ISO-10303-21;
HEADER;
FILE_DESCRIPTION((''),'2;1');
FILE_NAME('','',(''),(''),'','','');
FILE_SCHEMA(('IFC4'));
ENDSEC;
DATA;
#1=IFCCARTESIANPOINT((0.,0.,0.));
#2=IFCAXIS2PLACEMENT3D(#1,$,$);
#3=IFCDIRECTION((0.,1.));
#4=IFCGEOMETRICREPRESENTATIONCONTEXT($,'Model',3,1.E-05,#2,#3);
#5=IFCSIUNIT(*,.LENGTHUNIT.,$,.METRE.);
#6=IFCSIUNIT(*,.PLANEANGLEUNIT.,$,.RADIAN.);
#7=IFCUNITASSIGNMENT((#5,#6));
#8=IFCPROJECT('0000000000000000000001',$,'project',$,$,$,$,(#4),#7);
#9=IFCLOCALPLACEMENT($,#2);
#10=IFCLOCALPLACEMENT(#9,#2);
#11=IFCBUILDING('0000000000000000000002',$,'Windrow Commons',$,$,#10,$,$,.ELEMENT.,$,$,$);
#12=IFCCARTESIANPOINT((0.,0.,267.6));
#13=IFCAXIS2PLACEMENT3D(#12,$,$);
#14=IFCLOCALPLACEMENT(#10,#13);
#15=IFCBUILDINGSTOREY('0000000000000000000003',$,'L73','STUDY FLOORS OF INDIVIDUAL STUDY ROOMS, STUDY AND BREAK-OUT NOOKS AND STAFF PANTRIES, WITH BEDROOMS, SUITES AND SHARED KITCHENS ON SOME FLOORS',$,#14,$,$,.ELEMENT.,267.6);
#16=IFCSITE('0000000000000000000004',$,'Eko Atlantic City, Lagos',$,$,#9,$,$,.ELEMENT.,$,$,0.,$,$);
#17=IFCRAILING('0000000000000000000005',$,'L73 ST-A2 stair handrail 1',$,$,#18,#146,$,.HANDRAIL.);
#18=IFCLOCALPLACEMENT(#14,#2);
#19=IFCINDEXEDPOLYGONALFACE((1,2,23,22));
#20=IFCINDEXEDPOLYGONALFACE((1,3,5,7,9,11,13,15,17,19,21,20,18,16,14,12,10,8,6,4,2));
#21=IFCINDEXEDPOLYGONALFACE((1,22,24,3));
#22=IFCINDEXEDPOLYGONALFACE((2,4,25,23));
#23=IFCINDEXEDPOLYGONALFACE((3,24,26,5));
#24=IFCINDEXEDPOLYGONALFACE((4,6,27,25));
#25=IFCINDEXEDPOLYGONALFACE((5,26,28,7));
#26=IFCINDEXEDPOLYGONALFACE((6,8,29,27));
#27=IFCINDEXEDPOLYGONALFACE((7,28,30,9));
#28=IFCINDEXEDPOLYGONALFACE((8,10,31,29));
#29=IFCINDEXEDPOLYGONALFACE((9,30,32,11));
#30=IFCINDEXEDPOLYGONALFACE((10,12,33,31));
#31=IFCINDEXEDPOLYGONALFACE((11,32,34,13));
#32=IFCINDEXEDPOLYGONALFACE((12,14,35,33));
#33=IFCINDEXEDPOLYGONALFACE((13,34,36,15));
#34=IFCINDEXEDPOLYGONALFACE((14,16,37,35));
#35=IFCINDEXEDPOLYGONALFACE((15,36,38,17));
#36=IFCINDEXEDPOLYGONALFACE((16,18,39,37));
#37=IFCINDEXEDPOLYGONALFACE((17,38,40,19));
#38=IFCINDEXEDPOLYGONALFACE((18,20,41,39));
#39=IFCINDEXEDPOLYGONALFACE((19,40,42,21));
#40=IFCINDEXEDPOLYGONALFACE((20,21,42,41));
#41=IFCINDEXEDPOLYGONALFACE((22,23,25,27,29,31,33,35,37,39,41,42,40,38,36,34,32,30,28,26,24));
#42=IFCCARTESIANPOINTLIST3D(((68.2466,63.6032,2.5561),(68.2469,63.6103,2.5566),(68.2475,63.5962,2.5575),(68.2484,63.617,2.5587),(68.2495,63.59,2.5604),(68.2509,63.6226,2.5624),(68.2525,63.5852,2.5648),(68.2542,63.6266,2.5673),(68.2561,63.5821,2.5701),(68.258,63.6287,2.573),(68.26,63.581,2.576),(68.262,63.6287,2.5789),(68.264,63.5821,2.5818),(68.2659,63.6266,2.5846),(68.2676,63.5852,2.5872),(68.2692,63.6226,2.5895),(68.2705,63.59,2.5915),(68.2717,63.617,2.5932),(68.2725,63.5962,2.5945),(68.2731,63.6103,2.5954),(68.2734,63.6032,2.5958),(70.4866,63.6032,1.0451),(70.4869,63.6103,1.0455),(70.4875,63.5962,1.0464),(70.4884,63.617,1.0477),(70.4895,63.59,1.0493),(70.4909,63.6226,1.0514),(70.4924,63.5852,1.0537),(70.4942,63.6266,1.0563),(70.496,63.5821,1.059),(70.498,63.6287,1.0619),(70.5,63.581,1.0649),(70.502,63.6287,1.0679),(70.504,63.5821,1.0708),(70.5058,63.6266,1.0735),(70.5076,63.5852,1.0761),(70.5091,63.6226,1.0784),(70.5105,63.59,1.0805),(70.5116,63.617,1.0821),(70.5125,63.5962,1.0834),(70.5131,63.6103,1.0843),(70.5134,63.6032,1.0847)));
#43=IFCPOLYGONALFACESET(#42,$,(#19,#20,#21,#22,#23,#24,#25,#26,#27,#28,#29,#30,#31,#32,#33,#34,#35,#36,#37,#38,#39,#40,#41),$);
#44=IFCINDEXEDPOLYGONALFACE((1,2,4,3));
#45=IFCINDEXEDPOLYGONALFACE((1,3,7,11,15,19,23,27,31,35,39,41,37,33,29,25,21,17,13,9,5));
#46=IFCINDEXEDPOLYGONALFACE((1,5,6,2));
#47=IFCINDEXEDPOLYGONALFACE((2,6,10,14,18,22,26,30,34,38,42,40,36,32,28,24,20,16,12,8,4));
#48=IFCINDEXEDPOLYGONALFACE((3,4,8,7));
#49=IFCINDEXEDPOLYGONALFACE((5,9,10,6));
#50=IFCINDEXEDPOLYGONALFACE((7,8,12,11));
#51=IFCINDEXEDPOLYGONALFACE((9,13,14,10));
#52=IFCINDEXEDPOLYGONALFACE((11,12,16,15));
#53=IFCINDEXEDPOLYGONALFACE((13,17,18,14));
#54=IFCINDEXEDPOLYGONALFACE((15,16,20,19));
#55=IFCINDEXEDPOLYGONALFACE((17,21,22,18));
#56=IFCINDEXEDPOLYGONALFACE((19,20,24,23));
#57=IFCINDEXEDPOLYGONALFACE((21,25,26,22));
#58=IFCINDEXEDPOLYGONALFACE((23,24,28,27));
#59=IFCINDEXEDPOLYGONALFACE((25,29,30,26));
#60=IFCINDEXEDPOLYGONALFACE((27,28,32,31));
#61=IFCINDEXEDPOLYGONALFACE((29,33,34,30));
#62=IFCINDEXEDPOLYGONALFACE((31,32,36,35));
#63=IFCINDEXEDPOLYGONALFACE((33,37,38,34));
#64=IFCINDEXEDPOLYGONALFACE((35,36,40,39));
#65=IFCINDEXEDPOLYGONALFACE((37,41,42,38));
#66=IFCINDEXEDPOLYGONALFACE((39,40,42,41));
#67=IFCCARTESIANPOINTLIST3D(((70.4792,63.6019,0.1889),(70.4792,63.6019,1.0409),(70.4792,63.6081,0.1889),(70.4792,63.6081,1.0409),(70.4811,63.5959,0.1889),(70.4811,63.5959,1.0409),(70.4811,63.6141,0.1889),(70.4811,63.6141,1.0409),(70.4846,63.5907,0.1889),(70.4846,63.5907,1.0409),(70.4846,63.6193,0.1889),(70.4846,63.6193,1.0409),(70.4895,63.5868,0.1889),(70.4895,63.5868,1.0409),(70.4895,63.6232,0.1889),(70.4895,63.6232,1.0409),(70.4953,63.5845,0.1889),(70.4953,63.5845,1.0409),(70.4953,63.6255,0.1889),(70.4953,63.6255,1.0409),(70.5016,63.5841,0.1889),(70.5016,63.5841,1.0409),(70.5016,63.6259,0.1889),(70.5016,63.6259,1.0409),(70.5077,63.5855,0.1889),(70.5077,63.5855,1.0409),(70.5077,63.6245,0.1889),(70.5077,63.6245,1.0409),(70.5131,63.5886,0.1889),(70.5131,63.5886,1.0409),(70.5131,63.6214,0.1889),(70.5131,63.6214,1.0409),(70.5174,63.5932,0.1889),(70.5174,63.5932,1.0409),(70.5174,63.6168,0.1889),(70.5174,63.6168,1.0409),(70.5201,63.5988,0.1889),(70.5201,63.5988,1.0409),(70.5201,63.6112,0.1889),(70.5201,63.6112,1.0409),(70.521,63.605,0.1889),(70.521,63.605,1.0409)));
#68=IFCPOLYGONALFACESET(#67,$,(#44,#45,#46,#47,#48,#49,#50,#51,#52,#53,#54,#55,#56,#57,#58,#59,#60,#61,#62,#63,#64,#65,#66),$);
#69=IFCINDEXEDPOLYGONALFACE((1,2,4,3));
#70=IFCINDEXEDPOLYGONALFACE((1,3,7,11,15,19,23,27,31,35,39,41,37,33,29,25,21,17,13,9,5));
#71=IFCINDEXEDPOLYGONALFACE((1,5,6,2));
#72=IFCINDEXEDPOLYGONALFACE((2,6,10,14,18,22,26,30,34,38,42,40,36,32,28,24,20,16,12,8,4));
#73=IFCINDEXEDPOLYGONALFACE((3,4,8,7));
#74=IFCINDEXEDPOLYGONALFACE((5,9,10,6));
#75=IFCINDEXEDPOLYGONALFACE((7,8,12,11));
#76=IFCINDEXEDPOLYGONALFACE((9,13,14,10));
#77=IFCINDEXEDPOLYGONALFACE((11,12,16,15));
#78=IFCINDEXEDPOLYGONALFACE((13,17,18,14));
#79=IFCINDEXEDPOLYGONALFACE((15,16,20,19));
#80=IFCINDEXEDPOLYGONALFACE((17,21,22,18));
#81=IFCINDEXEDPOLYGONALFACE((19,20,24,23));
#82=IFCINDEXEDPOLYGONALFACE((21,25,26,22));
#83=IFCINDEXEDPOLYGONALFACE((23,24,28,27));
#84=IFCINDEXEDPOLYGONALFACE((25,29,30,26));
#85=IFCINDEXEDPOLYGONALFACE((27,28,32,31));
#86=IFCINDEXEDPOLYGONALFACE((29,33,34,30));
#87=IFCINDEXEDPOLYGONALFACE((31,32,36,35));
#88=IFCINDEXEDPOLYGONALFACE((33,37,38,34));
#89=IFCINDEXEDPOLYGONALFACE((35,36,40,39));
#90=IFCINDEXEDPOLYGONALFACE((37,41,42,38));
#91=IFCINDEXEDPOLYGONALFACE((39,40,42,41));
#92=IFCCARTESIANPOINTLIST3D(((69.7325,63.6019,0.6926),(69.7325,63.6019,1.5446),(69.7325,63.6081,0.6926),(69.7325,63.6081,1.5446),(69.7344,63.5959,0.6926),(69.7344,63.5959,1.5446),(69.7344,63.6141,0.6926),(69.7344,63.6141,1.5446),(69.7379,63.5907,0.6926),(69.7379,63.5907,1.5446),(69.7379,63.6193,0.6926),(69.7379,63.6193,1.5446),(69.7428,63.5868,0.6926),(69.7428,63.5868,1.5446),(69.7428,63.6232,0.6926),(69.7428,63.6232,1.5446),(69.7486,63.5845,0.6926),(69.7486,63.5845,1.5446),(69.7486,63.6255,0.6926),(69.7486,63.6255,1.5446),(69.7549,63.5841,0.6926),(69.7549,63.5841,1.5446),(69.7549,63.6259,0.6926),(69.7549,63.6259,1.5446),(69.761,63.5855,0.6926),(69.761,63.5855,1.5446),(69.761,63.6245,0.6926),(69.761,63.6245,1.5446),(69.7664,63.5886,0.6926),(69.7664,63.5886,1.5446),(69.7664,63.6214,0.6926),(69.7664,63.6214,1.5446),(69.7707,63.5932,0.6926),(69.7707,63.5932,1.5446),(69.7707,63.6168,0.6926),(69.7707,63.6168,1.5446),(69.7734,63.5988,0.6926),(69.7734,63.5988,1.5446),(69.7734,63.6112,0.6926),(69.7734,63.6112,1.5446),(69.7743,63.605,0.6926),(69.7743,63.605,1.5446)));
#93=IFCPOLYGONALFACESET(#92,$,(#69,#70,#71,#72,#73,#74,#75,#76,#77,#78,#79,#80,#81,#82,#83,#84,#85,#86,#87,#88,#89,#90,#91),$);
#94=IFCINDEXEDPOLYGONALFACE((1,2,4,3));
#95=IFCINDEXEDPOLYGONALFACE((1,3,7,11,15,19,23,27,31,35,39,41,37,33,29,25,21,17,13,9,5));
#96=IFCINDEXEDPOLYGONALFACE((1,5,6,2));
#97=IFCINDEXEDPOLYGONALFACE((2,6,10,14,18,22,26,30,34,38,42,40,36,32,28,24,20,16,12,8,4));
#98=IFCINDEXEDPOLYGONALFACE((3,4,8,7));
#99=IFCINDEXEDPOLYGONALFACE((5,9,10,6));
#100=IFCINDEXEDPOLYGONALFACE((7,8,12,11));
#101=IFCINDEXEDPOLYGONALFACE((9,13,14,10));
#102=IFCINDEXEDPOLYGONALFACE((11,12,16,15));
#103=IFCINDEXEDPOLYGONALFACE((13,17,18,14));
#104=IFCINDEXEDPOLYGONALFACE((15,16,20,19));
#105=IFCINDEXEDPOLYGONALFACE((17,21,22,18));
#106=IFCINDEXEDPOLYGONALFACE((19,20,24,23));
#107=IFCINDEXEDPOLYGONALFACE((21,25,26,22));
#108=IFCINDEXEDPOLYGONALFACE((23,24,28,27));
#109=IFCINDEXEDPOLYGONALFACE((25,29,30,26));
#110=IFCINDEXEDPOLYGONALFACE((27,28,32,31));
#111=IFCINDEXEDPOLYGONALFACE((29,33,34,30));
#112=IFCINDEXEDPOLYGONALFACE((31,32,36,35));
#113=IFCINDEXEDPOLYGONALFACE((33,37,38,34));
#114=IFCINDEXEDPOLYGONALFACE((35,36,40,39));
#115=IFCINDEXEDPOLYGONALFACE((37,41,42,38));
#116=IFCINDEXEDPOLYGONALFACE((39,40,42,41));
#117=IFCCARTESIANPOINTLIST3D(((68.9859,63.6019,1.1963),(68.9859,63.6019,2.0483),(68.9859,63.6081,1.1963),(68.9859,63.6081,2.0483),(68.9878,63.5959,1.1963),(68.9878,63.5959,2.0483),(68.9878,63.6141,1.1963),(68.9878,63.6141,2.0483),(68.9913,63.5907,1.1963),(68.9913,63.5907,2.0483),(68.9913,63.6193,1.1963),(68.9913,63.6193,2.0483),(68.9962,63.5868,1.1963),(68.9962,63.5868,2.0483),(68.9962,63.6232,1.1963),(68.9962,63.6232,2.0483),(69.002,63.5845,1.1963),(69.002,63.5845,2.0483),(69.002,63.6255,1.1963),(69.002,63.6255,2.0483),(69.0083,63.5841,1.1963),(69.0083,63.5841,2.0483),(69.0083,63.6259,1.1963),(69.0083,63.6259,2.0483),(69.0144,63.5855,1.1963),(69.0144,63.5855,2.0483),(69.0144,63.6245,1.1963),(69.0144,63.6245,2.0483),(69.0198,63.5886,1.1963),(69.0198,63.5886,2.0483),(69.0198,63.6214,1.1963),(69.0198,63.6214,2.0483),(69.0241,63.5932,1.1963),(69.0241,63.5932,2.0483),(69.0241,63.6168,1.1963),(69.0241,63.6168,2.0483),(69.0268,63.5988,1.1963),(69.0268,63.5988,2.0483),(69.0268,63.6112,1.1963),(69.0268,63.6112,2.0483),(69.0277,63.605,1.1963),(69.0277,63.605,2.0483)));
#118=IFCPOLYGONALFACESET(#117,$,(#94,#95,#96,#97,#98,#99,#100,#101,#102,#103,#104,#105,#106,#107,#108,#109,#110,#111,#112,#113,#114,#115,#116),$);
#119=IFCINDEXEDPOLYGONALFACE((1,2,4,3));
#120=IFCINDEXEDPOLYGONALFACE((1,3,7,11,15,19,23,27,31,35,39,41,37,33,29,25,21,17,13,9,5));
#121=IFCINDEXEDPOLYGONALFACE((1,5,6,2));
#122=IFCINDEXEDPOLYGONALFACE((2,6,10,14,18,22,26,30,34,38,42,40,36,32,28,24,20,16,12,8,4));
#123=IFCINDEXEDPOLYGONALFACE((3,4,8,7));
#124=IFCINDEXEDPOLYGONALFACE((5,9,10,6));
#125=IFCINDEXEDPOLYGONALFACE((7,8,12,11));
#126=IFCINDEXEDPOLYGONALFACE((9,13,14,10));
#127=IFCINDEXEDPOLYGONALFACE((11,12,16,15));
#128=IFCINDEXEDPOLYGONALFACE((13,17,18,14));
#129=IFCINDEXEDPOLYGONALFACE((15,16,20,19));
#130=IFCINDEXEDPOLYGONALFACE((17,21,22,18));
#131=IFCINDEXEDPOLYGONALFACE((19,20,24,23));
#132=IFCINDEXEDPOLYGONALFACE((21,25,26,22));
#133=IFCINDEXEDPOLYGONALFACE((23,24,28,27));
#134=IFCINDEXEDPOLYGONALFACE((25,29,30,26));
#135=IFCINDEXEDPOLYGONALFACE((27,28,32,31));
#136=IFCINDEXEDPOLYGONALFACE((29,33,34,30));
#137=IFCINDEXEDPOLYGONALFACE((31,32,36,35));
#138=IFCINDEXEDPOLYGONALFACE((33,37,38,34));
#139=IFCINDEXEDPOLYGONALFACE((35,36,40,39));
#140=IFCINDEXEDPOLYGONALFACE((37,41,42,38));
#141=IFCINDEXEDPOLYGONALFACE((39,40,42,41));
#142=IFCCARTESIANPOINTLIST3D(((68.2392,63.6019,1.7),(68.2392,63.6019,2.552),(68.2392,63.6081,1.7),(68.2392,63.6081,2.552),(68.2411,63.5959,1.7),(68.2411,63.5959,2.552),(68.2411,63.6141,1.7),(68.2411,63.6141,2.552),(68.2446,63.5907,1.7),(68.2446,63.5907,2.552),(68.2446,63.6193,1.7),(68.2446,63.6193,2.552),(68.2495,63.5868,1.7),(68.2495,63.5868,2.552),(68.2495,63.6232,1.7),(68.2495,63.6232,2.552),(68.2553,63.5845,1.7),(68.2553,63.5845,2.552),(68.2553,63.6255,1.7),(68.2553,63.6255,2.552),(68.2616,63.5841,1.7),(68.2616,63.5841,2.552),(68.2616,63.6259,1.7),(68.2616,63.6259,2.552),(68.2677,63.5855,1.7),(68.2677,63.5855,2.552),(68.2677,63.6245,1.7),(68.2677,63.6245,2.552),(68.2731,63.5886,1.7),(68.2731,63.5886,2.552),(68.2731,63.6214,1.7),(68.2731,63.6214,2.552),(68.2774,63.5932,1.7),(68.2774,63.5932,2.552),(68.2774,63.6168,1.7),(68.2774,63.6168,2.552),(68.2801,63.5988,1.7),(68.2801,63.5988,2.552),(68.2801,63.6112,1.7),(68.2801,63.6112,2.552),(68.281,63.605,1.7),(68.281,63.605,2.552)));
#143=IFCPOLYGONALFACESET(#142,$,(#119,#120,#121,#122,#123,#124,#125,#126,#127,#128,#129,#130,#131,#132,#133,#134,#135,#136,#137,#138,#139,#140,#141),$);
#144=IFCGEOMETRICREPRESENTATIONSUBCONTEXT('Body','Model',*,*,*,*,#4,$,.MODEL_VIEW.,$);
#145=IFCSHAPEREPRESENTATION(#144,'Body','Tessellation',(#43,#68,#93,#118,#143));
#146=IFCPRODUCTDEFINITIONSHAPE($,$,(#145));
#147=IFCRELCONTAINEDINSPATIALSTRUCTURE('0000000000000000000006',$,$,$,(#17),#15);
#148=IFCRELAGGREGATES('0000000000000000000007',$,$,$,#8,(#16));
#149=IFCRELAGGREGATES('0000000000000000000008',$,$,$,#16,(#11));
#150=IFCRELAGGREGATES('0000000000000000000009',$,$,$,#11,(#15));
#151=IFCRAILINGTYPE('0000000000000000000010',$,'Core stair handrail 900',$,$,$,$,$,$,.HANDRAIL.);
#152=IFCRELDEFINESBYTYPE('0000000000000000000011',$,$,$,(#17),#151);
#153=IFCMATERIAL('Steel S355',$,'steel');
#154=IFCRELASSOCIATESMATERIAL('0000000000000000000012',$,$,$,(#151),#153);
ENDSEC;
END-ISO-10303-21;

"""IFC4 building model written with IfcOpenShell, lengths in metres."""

from ifc_helpers import new_model, si_unit, direction, frame, origin, origin_2d, place, context, subcontext, project, spatial, circle, extrude, material, type_object, element, save


model = new_model("IFC4")

# Units and contexts
model_context = context("Model", 3, precision=1e-05, world=origin(), true_north=direction((0.0, 1.0)))
body_context = subcontext(model_context, "Body", "Model", "MODEL_VIEW")
ifc_project = project(units=[si_unit("LENGTHUNIT", "METRE"), si_unit("PLANEANGLEUNIT", "RADIAN")], contexts=[model_context])

# Site, building, storey
site_placement = place(None, origin())
site = spatial("IfcSite", under=ifc_project, at=site_placement, Name="Eko Atlantic City, Lagos", CompositionType="ELEMENT", RefElevation=0.0)
building_placement = place(site_placement, origin())
building = spatial("IfcBuilding", under=site, at=building_placement, Name="Windrow Commons", CompositionType="ELEMENT")
storey_placement = place(building_placement, frame((0.0, 0.0, 267.6)))
storey = spatial("IfcBuildingStorey", under=building, at=storey_placement, Name="L73", Description="STUDY FLOORS OF INDIVIDUAL STUDY ROOMS, STUDY AND BREAK-OUT NOOKS AND STAFF PANTRIES, WITH BEDROOMS, SUITES AND SHARED KITCHENS ON SOME FLOORS", CompositionType="ELEMENT", Elevation=267.6)

# Railing
ifc_material_1 = material(Name="Steel S355", Category="steel")
railing_type_1 = type_object("IfcRailingType", Name="Core stair handrail 900", PredefinedType="HANDRAIL", material=ifc_material_1)
railing_1_placement = place(storey_placement, frame((70.5, 63.605, 0.1889)))
element("IfcRailing", 1, at=railing_1_placement, inside=storey, type_object=railing_type_1, Name="L73 ST-A2 stair handrail 1", PredefinedType="HANDRAIL", context=body_context, shape_type="SweptSolid", body=[
    extrude(circle(Radius=0.024, at=origin_2d()), frame((0.0, 0.0, 0.876), z_axis=(-0.829003, 0.0, 0.559244), x_axis=(0.0, -1.0, 0.0)), (0.0, 0.0, 1.0), 2.702),
    extrude(circle(Radius=0.021, at=origin_2d()), origin(), (0.0, 0.0, 1.0), 0.852),
    extrude(circle(Radius=0.021, at=origin_2d()), frame((-0.7467, 0.0, 0.5037)), (0.0, 0.0, 1.0), 0.852),
    extrude(circle(Radius=0.021, at=origin_2d()), frame((-1.4933, 0.0, 1.0074)), (0.0, 0.0, 1.0), 0.852),
    extrude(circle(Radius=0.021, at=origin_2d()), frame((-2.24, 0.0, 1.5111)), (0.0, 0.0, 1.0), 0.852),
])

save(model, "model.ifc")
